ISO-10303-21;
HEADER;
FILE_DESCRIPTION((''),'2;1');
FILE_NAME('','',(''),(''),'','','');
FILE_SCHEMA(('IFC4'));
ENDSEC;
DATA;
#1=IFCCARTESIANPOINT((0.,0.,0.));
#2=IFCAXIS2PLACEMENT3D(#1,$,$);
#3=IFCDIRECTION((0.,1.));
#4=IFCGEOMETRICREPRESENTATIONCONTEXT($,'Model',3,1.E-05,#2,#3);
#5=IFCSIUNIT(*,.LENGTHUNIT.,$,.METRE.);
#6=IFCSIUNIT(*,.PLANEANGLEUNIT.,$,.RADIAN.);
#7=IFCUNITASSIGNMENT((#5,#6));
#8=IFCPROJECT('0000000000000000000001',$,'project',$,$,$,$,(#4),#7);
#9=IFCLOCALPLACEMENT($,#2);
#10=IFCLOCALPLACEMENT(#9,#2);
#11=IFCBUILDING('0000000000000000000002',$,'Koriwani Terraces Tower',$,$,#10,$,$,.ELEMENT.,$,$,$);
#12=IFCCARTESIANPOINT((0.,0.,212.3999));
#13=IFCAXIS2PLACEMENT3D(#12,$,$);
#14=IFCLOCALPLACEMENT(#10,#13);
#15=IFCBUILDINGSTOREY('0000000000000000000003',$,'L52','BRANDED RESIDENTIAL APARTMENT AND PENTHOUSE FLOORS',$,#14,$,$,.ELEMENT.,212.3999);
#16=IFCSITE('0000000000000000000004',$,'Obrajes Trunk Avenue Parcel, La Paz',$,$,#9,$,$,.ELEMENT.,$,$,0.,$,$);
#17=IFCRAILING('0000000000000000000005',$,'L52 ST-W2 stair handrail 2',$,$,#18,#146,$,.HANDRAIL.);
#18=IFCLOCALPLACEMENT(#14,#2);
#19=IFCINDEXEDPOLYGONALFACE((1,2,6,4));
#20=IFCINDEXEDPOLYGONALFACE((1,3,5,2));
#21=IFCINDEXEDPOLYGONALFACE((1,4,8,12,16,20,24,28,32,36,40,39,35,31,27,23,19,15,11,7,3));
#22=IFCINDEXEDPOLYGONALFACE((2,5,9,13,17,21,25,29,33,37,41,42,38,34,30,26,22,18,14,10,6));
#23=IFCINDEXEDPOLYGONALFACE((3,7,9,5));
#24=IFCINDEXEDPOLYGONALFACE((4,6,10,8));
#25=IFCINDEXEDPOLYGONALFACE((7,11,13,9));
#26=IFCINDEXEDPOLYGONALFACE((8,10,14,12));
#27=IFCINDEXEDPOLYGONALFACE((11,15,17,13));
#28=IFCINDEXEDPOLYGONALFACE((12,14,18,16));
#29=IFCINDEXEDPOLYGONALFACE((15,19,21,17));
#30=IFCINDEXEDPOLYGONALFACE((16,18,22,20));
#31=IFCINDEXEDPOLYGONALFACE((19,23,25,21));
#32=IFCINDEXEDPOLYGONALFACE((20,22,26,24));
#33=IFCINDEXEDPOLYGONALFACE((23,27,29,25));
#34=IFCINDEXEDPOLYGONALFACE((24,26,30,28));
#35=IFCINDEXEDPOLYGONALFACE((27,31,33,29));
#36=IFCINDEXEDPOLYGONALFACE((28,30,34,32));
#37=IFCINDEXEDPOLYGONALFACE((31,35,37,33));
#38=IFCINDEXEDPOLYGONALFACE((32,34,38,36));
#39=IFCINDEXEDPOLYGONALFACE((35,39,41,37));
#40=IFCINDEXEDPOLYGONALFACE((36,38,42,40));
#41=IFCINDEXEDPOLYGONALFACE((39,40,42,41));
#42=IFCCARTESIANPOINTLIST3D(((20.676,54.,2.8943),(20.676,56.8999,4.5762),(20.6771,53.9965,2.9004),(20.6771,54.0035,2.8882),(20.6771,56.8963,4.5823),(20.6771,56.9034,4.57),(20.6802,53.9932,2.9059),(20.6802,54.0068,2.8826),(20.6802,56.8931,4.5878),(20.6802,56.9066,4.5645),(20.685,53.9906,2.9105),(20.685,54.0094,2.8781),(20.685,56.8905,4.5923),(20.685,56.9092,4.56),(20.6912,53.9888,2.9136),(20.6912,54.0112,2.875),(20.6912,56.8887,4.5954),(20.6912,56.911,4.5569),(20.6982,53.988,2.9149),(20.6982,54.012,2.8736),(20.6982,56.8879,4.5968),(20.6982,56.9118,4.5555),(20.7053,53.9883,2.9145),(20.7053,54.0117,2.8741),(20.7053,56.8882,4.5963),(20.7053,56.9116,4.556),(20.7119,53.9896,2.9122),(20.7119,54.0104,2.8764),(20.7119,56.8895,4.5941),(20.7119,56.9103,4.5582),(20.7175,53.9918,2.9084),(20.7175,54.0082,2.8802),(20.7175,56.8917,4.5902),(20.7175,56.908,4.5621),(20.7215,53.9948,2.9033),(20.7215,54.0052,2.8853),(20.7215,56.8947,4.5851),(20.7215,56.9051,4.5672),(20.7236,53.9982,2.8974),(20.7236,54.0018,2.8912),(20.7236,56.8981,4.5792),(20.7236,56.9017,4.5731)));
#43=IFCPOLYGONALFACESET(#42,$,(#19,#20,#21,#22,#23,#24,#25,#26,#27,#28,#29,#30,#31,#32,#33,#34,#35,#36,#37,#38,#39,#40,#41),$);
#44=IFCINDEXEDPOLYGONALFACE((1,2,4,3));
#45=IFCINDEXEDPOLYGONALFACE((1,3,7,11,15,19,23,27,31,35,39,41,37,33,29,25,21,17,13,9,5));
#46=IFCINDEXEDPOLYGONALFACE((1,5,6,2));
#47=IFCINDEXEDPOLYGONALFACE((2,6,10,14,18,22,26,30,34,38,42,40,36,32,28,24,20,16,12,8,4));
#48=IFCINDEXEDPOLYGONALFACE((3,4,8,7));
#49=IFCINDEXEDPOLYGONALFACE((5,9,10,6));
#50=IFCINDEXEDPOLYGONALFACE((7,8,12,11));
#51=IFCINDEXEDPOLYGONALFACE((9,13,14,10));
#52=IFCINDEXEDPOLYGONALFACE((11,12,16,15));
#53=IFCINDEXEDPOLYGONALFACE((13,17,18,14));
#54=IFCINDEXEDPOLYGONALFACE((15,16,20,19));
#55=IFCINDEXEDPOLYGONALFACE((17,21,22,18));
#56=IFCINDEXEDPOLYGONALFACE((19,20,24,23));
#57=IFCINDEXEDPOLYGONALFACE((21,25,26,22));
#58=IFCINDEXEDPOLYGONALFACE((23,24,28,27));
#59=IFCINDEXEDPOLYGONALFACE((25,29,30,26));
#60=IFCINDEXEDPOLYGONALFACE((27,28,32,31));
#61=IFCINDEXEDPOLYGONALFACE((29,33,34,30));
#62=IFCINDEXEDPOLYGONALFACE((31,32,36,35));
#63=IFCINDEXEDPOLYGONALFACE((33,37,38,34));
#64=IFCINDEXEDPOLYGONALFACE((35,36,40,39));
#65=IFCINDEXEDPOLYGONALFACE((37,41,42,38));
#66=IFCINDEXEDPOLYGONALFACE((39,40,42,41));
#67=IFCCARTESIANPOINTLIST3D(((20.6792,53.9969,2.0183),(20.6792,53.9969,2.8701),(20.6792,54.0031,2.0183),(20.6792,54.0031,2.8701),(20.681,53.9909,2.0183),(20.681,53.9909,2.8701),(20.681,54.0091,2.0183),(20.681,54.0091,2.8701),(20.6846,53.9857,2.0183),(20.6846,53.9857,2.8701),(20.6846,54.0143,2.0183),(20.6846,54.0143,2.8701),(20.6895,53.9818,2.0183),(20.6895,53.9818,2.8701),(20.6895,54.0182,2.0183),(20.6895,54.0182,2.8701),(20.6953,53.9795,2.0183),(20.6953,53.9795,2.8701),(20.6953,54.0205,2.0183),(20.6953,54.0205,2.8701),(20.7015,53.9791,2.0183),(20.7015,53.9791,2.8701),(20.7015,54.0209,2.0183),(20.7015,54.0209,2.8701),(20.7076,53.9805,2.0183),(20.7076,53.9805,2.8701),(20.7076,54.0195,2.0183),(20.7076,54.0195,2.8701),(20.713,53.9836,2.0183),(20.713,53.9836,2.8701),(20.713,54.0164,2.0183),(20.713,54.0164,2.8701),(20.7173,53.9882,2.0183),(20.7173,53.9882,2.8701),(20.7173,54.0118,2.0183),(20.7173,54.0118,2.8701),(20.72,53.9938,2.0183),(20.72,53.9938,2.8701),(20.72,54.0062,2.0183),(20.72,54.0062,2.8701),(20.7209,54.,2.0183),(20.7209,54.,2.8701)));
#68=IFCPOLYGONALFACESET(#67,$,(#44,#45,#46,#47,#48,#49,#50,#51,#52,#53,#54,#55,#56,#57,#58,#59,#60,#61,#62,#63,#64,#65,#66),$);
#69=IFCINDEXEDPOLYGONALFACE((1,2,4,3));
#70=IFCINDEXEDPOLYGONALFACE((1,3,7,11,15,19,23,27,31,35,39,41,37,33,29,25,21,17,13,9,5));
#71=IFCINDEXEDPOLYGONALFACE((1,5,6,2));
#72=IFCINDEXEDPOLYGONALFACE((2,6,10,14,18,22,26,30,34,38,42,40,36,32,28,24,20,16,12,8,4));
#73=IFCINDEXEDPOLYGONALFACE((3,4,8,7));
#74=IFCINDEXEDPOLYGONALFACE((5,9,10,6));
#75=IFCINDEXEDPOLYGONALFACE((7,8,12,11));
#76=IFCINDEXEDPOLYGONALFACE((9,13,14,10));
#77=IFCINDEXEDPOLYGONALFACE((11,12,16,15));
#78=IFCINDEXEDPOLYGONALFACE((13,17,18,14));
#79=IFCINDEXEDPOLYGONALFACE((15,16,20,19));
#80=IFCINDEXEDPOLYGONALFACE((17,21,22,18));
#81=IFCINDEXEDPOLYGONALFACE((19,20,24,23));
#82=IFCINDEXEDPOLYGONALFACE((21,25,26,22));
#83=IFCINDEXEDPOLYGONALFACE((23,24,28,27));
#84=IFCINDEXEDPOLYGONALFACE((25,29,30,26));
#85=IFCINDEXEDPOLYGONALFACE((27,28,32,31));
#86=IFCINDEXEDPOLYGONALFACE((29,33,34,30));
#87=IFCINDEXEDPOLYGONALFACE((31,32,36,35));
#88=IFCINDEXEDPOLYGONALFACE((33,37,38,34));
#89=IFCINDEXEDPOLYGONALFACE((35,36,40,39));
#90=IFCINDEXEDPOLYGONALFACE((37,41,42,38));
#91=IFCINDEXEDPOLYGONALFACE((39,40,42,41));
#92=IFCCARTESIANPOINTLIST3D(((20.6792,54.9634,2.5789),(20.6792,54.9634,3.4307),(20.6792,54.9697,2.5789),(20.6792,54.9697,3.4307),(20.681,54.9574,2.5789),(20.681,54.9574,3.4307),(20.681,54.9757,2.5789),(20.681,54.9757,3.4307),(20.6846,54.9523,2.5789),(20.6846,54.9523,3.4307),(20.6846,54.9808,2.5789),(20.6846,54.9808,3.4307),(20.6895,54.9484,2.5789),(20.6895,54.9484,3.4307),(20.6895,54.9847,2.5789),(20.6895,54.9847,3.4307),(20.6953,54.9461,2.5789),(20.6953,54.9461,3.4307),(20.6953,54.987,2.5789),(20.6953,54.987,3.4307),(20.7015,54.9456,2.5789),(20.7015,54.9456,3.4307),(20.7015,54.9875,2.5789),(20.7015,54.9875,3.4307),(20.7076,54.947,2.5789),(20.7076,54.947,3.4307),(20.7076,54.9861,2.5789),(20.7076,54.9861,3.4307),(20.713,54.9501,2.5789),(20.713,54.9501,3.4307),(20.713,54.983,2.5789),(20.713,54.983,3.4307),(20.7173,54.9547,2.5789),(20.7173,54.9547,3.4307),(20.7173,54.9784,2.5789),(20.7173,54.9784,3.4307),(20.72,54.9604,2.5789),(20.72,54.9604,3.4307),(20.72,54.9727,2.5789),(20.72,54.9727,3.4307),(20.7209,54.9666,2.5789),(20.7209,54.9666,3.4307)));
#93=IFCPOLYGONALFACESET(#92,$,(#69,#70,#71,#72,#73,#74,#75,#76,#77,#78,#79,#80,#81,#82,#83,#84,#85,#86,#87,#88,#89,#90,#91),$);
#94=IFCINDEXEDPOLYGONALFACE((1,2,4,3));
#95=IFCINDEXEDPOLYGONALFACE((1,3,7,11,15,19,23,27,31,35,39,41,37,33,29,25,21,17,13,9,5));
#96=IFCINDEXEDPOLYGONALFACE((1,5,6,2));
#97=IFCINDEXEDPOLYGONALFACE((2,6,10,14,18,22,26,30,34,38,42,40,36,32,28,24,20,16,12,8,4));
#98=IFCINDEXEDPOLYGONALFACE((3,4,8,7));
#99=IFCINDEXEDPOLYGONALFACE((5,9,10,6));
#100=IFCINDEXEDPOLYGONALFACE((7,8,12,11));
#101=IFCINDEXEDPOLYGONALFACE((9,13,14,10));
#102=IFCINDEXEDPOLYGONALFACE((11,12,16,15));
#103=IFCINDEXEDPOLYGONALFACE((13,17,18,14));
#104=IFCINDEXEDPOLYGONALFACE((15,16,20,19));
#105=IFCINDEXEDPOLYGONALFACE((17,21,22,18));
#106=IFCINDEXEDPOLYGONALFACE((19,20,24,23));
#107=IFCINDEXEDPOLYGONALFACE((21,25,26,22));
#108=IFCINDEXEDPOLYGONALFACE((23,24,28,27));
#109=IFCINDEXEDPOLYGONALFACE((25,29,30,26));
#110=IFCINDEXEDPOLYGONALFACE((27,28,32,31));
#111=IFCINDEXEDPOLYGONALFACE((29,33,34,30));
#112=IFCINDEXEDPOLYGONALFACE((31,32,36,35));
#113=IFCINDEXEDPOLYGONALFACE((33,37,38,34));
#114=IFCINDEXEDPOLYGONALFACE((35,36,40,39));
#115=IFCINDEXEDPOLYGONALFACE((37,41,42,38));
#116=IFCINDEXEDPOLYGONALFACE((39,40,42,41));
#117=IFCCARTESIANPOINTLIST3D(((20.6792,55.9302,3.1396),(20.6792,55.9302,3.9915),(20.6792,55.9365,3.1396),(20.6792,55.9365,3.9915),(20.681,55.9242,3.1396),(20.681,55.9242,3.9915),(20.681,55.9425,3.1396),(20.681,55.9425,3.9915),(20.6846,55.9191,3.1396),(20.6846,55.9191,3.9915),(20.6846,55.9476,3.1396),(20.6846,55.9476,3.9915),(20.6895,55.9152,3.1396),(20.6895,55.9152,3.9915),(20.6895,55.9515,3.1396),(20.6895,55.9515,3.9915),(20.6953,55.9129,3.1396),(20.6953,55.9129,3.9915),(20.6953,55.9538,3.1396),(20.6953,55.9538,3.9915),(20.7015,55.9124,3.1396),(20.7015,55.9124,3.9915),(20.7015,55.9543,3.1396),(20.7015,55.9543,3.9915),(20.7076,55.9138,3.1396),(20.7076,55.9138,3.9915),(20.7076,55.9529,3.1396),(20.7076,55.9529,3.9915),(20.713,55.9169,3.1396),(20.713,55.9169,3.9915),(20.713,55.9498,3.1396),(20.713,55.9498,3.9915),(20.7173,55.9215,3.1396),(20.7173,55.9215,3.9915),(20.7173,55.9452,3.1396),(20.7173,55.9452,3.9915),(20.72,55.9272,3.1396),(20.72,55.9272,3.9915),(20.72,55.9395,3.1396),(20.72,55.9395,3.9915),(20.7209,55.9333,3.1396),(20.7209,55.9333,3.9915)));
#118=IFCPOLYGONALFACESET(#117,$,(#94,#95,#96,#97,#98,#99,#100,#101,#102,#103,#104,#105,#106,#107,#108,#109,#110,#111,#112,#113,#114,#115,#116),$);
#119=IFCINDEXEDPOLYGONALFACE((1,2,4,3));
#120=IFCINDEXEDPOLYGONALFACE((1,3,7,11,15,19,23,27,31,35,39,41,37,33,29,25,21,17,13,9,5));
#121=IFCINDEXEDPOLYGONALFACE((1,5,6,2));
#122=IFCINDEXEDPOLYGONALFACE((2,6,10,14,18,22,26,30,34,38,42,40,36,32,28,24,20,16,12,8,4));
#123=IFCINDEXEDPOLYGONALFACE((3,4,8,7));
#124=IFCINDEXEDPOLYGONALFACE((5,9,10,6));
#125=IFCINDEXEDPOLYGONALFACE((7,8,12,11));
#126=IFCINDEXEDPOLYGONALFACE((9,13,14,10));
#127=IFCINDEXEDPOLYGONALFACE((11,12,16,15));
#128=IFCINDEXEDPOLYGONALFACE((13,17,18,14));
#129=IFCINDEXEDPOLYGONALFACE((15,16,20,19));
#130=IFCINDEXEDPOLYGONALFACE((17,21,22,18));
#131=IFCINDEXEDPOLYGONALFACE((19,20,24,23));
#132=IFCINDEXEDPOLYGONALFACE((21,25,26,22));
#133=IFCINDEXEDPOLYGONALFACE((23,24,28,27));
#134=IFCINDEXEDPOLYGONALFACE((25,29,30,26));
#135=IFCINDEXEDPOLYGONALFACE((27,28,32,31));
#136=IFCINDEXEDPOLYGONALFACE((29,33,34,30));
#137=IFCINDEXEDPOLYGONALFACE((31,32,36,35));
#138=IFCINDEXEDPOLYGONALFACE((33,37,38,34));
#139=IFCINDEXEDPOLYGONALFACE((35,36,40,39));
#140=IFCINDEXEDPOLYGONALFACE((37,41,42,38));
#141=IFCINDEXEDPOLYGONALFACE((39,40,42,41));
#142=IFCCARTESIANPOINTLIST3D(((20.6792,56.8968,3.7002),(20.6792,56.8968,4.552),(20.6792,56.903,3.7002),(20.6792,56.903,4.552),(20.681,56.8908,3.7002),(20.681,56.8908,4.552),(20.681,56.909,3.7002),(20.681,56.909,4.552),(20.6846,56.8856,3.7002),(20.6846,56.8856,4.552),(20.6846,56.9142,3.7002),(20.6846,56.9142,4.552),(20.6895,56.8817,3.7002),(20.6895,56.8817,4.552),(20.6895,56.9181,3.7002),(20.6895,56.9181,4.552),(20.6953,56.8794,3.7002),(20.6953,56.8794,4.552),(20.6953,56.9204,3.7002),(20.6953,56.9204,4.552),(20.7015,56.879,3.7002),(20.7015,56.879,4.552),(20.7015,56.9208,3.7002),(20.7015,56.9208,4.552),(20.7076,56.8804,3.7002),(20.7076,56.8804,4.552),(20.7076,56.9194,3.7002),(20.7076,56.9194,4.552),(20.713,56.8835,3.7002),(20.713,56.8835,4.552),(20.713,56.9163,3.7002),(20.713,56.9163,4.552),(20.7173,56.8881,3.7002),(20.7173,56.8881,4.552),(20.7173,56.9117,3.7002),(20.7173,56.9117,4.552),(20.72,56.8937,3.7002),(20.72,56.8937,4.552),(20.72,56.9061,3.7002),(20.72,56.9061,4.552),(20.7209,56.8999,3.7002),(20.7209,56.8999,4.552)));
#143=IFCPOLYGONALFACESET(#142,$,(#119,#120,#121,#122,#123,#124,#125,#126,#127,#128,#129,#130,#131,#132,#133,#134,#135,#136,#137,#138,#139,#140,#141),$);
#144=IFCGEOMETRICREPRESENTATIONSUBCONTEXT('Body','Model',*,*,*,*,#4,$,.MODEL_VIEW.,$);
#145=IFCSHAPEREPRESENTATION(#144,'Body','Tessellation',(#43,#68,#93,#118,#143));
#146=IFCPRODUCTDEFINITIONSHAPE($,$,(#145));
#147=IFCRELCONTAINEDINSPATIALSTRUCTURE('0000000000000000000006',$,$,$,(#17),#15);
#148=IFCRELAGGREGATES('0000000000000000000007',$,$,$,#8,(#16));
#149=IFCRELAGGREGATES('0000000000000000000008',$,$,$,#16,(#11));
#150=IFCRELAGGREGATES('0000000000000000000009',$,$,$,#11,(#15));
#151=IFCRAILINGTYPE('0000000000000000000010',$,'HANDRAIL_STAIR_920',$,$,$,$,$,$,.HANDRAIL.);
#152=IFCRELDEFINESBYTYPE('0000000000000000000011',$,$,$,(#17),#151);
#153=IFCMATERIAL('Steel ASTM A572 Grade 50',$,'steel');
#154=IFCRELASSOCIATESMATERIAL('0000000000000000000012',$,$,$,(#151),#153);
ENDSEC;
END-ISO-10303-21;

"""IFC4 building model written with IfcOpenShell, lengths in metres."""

from ifc_helpers import new_model, si_unit, direction, frame, origin, origin_2d, place, context, subcontext, project, spatial, circle, extrude, material, type_object, element, save


model = new_model("IFC4")

# Units and contexts
model_context = context("Model", 3, precision=1e-05, world=origin(), true_north=direction((0.0, 1.0)))
body_context = subcontext(model_context, "Body", "Model", "MODEL_VIEW")
ifc_project = project(units=[si_unit("LENGTHUNIT", "METRE"), si_unit("PLANEANGLEUNIT", "RADIAN")], contexts=[model_context])

# Site, building, storey
site_placement = place(None, origin())
site = spatial("IfcSite", under=ifc_project, at=site_placement, Name="Obrajes Trunk Avenue Parcel, La Paz", CompositionType="ELEMENT", RefElevation=0.0)
building_placement = place(site_placement, origin())
building = spatial("IfcBuilding", under=site, at=building_placement, Name="Koriwani Terraces Tower", CompositionType="ELEMENT")
storey_placement = place(building_placement, frame((0.0, 0.0, 212.3999)))
storey = spatial("IfcBuildingStorey", under=building, at=storey_placement, Name="L52", Description="BRANDED RESIDENTIAL APARTMENT AND PENTHOUSE FLOORS", CompositionType="ELEMENT", Elevation=212.3999)

# Shared definitions
ifc_material_1 = material(Name="Steel ASTM A572 Grade 50", Category="steel")

# Railing
railing_type_1 = type_object("IfcRailingType", Name="HANDRAIL_STAIR_920", PredefinedType="HANDRAIL", material=ifc_material_1)
railing_1_placement = place(storey_placement, frame((20.7, 54.0, 2.0183)))
element("IfcRailing", 1, at=railing_1_placement, inside=storey, type_object=railing_type_1, Name="L52 ST-W2 stair handrail 2", PredefinedType="HANDRAIL", context=body_context, shape_type="SweptSolid", body=[
    extrude(circle(Radius=0.0239, at=origin_2d()), frame((0.0, 0.0, 0.876), z_axis=(0.0, 0.865039, 0.501705), x_axis=(-1.0, 0.0, 0.0)), (0.0, 0.0, 1.0), 3.3523),
    extrude(circle(Radius=0.021, at=origin_2d()), origin(), (0.0, 0.0, 1.0), 0.8518),
    extrude(circle(Radius=0.021, at=origin_2d()), frame((0.0, 0.9666, 0.5605)), (0.0, 0.0, 1.0), 0.8518),
    extrude(circle(Radius=0.021, at=origin_2d()), frame((0.0, 1.9333, 1.1213)), (0.0, 0.0, 1.0), 0.8518),
    extrude(circle(Radius=0.021, at=origin_2d()), frame((0.0, 2.8999, 1.6819)), (0.0, 0.0, 1.0), 0.8518),
])

save(model, "model.ifc")
